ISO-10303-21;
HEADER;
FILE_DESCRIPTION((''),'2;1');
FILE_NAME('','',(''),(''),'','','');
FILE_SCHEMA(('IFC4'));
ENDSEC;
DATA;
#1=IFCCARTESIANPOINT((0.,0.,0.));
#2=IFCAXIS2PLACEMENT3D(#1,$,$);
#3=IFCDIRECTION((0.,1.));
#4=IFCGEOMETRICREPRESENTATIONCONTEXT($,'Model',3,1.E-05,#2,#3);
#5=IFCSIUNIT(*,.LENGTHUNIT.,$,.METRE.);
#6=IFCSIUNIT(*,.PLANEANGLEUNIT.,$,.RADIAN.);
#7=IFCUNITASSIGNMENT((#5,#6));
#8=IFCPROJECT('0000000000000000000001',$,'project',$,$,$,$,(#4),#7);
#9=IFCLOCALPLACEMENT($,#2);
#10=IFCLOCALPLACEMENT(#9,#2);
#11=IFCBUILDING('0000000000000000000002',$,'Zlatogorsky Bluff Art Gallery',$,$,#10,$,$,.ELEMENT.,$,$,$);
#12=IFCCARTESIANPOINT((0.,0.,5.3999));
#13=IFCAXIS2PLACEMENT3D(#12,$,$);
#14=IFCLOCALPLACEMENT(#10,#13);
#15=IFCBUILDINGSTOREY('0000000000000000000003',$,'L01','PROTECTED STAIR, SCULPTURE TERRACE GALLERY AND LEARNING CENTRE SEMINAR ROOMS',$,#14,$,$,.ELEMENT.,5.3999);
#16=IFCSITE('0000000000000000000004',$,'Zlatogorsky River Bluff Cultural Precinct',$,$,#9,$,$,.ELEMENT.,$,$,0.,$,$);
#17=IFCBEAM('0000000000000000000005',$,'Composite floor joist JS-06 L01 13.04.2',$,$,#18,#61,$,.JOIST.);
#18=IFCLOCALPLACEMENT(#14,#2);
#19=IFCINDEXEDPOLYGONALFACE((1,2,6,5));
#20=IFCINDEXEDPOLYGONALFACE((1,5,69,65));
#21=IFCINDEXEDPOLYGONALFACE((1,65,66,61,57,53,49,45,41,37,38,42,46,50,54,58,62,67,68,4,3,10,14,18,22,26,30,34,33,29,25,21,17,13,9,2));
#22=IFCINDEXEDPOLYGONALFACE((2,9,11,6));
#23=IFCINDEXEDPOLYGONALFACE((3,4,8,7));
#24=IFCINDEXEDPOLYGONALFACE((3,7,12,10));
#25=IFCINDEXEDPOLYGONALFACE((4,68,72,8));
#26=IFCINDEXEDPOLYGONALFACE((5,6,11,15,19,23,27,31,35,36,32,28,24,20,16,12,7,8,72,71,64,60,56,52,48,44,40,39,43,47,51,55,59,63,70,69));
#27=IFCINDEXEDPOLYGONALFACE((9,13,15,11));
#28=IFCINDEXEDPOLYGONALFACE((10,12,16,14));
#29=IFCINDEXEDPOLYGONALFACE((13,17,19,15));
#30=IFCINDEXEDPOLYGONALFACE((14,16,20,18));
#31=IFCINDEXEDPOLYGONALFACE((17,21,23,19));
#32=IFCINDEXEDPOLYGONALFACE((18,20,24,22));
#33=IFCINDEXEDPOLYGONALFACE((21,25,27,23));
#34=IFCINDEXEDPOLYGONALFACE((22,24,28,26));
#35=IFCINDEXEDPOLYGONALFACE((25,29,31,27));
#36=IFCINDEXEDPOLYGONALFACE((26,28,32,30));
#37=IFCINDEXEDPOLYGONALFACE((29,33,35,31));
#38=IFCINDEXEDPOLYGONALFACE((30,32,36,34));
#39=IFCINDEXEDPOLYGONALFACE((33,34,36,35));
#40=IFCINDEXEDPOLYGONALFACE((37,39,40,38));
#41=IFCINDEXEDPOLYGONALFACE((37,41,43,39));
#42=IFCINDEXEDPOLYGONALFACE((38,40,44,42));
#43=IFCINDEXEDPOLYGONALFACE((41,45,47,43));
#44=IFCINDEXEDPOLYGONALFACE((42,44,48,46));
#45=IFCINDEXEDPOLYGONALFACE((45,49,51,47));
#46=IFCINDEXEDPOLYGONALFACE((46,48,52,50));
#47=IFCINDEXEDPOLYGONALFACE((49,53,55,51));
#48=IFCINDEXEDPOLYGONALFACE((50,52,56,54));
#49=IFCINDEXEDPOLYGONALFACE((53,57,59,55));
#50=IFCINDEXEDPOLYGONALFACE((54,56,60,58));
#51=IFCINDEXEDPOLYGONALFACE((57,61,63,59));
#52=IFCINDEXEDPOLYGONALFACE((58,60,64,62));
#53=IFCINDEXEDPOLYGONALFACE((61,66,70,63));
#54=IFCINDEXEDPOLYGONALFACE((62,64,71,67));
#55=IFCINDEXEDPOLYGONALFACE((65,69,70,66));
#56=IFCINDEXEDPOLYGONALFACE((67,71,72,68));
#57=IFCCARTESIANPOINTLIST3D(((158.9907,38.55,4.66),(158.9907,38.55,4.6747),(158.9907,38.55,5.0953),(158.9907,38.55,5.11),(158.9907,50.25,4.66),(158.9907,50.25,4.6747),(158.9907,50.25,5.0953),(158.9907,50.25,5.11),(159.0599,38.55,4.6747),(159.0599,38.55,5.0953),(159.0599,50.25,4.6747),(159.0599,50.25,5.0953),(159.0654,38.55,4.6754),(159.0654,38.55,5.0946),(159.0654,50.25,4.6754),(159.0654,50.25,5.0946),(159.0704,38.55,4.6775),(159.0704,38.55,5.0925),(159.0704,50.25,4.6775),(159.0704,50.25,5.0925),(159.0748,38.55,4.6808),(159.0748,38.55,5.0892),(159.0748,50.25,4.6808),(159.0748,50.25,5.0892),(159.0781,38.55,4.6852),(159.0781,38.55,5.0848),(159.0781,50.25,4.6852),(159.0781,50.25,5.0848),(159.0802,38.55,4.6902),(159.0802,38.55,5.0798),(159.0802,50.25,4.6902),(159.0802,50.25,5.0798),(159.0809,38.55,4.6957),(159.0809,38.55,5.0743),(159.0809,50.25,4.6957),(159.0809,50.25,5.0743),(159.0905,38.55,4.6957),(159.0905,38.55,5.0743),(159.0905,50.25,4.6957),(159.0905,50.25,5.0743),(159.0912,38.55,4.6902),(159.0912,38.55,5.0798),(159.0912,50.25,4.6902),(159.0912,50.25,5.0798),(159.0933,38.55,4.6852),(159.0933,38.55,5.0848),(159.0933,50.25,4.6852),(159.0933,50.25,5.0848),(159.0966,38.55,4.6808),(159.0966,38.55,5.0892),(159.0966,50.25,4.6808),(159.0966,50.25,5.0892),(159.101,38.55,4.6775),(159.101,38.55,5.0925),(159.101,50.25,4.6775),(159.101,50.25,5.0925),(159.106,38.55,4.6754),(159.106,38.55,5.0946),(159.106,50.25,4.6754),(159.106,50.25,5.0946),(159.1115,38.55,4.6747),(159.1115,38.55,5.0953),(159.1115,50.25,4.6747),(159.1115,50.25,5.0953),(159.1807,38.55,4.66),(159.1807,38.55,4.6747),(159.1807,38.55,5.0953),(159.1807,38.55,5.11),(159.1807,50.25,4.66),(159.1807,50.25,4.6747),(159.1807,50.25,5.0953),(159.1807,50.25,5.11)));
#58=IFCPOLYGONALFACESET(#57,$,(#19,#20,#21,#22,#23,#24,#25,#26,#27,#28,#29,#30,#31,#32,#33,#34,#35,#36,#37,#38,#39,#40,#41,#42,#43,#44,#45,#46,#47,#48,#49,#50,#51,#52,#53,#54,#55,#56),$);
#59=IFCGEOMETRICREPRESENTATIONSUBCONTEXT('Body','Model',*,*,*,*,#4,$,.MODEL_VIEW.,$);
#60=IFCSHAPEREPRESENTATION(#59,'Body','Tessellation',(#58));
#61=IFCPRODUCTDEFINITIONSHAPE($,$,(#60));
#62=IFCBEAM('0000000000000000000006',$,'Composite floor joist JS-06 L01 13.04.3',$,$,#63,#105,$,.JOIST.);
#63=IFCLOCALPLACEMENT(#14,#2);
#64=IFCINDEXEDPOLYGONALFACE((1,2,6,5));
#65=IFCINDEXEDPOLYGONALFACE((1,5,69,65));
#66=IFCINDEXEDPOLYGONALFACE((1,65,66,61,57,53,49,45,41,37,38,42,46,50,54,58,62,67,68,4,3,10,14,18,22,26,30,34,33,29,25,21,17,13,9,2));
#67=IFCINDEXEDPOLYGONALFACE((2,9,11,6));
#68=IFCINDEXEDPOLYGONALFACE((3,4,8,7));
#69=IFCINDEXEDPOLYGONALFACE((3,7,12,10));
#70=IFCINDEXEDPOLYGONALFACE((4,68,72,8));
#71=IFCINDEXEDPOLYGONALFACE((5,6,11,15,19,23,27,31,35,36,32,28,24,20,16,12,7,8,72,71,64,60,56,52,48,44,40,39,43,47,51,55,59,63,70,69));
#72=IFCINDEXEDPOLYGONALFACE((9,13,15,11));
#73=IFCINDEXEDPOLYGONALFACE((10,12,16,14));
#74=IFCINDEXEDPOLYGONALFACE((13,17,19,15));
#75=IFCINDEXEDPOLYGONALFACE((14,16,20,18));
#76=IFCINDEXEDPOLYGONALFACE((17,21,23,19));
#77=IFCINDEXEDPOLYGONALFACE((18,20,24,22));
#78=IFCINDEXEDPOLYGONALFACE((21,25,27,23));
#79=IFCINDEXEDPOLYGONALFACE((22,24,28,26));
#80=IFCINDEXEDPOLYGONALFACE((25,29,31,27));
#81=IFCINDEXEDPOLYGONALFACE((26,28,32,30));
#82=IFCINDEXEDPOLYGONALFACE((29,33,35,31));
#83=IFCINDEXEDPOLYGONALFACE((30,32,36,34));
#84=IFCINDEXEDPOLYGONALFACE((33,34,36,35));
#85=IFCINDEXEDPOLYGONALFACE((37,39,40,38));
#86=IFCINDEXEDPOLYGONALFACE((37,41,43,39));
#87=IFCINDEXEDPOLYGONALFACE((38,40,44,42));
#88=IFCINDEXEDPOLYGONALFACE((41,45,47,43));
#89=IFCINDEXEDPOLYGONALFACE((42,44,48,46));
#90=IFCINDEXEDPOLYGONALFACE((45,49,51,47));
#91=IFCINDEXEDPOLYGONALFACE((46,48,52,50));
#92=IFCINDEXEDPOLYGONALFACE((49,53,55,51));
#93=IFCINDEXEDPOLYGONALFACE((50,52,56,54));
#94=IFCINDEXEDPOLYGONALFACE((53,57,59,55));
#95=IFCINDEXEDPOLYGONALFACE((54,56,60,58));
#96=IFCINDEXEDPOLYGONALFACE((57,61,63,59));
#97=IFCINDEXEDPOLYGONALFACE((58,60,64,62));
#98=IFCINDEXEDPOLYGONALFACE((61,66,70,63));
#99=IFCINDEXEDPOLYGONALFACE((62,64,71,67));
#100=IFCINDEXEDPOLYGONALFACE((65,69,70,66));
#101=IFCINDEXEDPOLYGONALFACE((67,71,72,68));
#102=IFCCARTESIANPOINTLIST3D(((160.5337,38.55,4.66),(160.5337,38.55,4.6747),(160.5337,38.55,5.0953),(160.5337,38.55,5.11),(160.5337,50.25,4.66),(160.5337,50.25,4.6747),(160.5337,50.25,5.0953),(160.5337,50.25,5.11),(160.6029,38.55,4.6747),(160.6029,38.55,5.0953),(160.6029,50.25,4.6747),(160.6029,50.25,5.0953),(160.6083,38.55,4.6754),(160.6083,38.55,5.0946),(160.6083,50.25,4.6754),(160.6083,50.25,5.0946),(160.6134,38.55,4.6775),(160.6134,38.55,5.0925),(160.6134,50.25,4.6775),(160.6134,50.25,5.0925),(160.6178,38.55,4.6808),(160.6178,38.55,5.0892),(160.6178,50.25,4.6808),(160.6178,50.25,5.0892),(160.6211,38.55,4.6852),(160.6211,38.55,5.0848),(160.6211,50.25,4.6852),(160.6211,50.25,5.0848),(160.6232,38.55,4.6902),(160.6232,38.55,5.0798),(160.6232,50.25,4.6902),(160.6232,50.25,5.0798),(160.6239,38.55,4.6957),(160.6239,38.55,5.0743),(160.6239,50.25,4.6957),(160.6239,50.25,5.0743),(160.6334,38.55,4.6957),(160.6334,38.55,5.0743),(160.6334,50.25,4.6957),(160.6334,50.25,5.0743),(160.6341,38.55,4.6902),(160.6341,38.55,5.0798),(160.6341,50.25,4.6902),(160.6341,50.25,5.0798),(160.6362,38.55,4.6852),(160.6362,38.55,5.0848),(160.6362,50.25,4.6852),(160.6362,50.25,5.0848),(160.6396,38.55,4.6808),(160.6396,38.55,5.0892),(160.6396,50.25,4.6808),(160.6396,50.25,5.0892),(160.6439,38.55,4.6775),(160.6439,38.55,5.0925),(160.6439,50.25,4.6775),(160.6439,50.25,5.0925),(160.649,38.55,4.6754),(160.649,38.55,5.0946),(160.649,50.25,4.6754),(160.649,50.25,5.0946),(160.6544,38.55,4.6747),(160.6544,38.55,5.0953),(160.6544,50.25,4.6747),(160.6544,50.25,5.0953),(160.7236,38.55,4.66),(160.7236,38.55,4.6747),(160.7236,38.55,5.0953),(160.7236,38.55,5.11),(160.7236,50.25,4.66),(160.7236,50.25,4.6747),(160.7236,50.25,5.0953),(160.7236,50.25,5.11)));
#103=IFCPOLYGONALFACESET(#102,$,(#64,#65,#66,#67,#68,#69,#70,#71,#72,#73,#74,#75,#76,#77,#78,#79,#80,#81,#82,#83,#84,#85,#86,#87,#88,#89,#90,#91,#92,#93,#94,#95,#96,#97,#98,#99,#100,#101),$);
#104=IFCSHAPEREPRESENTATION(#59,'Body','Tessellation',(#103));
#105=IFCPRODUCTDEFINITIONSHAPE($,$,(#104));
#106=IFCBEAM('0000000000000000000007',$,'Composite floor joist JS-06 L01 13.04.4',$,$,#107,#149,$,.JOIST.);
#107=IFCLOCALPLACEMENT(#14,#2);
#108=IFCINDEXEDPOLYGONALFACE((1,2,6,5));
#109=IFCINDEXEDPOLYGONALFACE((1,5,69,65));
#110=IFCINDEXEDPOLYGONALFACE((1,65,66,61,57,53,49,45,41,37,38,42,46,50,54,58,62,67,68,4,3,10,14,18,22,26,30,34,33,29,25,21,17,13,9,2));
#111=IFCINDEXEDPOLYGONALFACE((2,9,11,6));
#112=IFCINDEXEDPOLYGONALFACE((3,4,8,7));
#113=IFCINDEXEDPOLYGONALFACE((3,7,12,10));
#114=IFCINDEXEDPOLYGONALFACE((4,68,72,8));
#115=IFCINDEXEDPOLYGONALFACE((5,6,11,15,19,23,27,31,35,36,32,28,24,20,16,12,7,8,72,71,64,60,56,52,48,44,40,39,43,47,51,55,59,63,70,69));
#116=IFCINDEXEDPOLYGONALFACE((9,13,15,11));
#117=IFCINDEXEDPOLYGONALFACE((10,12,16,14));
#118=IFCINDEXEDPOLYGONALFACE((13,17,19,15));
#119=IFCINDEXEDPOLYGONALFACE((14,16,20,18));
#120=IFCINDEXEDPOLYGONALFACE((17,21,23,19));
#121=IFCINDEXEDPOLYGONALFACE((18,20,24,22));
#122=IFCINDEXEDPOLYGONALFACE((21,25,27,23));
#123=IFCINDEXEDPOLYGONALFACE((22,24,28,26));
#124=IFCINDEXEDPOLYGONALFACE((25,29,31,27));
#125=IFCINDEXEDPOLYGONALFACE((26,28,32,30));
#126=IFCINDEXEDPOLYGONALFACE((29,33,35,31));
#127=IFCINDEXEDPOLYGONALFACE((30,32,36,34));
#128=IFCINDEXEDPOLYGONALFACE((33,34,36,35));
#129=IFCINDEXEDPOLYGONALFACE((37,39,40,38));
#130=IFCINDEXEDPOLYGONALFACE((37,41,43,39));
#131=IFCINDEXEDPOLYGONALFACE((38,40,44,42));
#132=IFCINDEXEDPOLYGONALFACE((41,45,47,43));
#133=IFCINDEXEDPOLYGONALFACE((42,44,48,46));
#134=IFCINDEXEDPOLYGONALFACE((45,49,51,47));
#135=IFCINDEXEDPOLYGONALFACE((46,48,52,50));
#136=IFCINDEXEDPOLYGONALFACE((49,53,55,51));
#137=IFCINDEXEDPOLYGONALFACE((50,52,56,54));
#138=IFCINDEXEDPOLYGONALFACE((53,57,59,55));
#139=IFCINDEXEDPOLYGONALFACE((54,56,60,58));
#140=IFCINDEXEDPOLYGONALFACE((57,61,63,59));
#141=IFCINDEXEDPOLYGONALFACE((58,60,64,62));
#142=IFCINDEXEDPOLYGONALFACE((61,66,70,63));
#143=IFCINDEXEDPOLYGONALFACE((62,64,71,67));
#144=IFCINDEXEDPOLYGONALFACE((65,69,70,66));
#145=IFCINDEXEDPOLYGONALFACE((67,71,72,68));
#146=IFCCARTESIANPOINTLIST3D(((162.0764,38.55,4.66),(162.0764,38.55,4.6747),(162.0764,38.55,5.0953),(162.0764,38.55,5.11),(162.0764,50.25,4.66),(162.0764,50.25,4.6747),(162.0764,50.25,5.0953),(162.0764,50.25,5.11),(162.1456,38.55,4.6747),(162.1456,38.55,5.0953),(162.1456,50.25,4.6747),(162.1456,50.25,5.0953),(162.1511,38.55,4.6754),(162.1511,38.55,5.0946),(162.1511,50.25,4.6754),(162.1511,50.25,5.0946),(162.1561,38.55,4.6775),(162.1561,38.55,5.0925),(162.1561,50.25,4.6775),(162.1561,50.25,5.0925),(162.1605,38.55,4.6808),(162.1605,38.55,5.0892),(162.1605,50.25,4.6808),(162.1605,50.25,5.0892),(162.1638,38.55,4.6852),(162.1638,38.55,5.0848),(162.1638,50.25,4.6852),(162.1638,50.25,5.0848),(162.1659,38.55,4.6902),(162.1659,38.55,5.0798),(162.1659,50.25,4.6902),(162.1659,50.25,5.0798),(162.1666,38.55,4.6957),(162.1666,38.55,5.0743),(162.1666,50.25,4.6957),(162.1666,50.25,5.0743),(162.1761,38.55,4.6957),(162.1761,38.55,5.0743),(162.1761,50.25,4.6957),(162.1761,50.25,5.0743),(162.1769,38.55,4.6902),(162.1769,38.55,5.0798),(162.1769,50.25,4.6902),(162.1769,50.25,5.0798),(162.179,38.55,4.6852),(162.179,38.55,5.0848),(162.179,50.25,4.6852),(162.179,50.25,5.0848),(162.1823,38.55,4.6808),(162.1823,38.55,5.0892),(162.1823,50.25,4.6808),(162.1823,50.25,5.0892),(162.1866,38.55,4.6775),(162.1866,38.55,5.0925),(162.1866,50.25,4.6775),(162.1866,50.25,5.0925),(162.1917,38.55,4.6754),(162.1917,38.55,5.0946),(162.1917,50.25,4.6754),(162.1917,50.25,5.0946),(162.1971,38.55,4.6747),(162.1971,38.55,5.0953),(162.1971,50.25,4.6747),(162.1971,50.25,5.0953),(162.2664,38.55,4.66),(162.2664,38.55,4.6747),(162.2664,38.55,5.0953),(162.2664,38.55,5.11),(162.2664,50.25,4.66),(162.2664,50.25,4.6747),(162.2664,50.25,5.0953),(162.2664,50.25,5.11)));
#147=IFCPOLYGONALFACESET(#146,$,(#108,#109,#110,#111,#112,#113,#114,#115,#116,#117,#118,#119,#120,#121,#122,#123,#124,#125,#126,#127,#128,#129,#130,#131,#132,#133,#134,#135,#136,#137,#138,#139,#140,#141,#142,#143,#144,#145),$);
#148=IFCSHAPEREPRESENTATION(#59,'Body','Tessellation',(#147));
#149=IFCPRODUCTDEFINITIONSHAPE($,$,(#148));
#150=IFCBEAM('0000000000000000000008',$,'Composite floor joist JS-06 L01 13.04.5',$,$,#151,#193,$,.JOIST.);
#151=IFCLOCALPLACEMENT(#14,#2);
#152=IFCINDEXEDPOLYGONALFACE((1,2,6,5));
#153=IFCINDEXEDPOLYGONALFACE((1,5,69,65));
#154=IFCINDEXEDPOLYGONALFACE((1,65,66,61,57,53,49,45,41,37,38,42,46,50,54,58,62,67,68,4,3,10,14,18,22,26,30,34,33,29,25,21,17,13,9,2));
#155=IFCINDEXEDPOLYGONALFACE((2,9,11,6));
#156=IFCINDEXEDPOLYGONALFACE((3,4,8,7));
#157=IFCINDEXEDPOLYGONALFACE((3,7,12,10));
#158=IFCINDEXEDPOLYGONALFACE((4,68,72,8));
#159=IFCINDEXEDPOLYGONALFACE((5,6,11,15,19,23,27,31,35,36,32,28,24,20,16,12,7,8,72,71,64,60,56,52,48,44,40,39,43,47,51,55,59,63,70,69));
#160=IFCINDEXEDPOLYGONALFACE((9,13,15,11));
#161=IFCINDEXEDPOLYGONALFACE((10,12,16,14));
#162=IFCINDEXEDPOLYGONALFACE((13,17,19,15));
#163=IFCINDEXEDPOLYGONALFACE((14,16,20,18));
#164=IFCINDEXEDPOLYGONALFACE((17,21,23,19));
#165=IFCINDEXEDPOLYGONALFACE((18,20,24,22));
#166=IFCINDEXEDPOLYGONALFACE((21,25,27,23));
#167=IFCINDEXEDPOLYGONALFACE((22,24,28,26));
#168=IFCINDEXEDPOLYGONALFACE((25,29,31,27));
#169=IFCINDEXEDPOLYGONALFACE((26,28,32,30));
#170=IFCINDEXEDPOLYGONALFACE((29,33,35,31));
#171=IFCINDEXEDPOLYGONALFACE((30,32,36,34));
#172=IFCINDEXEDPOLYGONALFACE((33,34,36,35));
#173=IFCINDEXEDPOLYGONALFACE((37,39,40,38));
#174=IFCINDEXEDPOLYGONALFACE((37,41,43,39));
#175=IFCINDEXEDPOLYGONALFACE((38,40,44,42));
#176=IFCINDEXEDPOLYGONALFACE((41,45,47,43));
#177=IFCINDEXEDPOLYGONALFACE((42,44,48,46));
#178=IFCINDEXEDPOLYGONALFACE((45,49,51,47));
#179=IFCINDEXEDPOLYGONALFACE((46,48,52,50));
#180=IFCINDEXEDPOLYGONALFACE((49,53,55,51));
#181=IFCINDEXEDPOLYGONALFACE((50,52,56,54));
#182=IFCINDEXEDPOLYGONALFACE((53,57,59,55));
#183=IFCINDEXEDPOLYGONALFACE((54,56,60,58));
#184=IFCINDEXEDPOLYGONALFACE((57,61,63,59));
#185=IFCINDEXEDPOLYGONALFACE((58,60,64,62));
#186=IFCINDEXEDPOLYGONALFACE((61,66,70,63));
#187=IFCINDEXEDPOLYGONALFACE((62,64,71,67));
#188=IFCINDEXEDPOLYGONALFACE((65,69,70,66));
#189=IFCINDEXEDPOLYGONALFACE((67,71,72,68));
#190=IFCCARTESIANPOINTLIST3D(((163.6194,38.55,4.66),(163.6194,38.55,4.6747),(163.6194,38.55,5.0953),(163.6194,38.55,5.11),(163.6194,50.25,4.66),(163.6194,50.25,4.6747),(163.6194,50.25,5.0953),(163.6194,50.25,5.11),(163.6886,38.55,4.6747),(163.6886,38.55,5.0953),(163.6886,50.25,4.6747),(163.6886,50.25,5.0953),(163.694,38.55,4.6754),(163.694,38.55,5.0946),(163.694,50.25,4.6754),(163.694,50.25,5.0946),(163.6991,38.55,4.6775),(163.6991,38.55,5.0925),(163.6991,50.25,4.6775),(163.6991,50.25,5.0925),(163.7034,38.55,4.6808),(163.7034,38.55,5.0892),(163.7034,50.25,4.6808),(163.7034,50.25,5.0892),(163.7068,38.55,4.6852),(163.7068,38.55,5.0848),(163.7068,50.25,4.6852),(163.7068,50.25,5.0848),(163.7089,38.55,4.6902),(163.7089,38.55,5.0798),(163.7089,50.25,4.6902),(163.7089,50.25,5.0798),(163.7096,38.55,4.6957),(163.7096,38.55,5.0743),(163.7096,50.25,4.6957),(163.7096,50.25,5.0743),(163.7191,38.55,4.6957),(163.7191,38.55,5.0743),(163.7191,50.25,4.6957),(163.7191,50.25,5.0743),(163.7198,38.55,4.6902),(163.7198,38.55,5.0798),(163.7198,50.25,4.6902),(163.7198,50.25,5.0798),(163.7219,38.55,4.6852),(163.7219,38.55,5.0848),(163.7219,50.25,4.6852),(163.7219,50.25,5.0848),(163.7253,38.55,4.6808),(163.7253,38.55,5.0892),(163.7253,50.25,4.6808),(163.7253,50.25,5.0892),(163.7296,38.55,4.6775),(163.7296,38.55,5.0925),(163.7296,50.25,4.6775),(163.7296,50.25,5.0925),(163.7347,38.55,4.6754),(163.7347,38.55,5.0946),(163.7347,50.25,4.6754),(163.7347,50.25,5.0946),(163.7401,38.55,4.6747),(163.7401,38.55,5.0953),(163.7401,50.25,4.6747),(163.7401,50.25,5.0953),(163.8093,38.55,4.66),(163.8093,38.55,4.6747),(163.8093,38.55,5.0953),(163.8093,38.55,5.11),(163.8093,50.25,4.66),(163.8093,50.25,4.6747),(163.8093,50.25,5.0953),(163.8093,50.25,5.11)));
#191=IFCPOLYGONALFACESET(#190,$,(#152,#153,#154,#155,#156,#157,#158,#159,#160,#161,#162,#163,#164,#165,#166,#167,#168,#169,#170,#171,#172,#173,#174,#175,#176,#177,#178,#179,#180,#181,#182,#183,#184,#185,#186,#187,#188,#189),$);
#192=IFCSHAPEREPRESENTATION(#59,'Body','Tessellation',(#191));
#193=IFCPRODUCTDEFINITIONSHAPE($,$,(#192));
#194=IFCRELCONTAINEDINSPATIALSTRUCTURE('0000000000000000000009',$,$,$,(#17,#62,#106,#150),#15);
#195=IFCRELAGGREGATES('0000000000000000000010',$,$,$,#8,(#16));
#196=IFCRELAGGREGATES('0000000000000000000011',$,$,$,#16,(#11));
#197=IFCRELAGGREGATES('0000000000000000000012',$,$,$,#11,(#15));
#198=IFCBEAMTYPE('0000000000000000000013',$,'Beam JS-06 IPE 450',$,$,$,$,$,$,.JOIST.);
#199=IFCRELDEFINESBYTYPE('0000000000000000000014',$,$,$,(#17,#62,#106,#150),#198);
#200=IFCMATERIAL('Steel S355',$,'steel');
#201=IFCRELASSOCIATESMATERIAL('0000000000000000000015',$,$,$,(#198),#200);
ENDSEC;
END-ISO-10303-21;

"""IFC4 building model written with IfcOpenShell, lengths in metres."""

from ifc_helpers import new_model, si_unit, direction, frame, origin, origin_2d, place, context, subcontext, project, spatial, i_section, extrude, material, material_profile, profile_set, type_object, element, save


model = new_model("IFC4")

# Units and contexts
model_context = context("Model", 3, precision=1e-05, world=origin(), true_north=direction((0.0, 1.0)))
body_context = subcontext(model_context, "Body", "Model", "MODEL_VIEW")
ifc_project = project(units=[si_unit("LENGTHUNIT", "METRE"), si_unit("PLANEANGLEUNIT", "RADIAN")], contexts=[model_context])

# Site, building, storey
site_placement = place(None, origin())
site = spatial("IfcSite", under=ifc_project, at=site_placement, Name="Zlatogorsky River Bluff Cultural Precinct", CompositionType="ELEMENT", RefElevation=0.0)
building_placement = place(site_placement, origin())
building = spatial("IfcBuilding", under=site, at=building_placement, Name="Zlatogorsky Bluff Art Gallery", CompositionType="ELEMENT")
storey_placement = place(building_placement, frame((0.0, 0.0, 5.3999)))
storey = spatial("IfcBuildingStorey", under=building, at=storey_placement, Name="L01", Description="PROTECTED STAIR, SCULPTURE TERRACE GALLERY AND LEARNING CENTRE SEMINAR ROOMS", CompositionType="ELEMENT", Elevation=5.3999)

# Beams
ifc_material_1 = material(Name="Steel S355", Category="steel")
ifc_material_profile_1 = material_profile(ifc_material_1, i_section(OverallWidth=0.1899, OverallDepth=0.45, WebThickness=0.0095, FlangeThickness=0.0146, FilletRadius=0.021, at=origin_2d()), Name="IPE 450")
ifc_profile_set_1 = profile_set([ifc_material_profile_1], Name="Steel S355")
beam_type_1 = type_object("IfcBeamType", Name="Beam JS-06 IPE 450", PredefinedType="JOIST", material=ifc_profile_set_1)
for number, where, z_axis, x_axis, name in (
    (1, (159.0857, 38.55, 4.885), (0.0, 1.0, 0.0), (-1.0, 0.0, 0.0), "Composite floor joist JS-06 L01 13.04.2"),
    (2, (160.6287, 38.55, 4.885), (0.0, 1.0, 0.0), (-1.0, 0.0, 0.0), "Composite floor joist JS-06 L01 13.04.3"),
    (3, (162.1714, 38.55, 4.885), (0.0, 1.0, 0.0), (-1.0, 0.0, 0.0), "Composite floor joist JS-06 L01 13.04.4"),
    (4, (163.7144, 38.55, 4.885), (0.0, 1.0, 0.0), (-1.0, 0.0, 0.0), "Composite floor joist JS-06 L01 13.04.5"),
):
    element("IfcBeam", number, at=place(storey_placement, frame(where, z_axis=z_axis, x_axis=x_axis)), inside=storey, type_object=beam_type_1, Name=name, PredefinedType="JOIST", context=body_context, shape_type="SweptSolid", body=[
        extrude(i_section(OverallWidth=0.1899, OverallDepth=0.45, WebThickness=0.0095, FlangeThickness=0.0146, FilletRadius=0.021, at=origin_2d()), origin(), (0.0, 0.0, 1.0), 11.7),
    ])

save(model, "model.ifc")
